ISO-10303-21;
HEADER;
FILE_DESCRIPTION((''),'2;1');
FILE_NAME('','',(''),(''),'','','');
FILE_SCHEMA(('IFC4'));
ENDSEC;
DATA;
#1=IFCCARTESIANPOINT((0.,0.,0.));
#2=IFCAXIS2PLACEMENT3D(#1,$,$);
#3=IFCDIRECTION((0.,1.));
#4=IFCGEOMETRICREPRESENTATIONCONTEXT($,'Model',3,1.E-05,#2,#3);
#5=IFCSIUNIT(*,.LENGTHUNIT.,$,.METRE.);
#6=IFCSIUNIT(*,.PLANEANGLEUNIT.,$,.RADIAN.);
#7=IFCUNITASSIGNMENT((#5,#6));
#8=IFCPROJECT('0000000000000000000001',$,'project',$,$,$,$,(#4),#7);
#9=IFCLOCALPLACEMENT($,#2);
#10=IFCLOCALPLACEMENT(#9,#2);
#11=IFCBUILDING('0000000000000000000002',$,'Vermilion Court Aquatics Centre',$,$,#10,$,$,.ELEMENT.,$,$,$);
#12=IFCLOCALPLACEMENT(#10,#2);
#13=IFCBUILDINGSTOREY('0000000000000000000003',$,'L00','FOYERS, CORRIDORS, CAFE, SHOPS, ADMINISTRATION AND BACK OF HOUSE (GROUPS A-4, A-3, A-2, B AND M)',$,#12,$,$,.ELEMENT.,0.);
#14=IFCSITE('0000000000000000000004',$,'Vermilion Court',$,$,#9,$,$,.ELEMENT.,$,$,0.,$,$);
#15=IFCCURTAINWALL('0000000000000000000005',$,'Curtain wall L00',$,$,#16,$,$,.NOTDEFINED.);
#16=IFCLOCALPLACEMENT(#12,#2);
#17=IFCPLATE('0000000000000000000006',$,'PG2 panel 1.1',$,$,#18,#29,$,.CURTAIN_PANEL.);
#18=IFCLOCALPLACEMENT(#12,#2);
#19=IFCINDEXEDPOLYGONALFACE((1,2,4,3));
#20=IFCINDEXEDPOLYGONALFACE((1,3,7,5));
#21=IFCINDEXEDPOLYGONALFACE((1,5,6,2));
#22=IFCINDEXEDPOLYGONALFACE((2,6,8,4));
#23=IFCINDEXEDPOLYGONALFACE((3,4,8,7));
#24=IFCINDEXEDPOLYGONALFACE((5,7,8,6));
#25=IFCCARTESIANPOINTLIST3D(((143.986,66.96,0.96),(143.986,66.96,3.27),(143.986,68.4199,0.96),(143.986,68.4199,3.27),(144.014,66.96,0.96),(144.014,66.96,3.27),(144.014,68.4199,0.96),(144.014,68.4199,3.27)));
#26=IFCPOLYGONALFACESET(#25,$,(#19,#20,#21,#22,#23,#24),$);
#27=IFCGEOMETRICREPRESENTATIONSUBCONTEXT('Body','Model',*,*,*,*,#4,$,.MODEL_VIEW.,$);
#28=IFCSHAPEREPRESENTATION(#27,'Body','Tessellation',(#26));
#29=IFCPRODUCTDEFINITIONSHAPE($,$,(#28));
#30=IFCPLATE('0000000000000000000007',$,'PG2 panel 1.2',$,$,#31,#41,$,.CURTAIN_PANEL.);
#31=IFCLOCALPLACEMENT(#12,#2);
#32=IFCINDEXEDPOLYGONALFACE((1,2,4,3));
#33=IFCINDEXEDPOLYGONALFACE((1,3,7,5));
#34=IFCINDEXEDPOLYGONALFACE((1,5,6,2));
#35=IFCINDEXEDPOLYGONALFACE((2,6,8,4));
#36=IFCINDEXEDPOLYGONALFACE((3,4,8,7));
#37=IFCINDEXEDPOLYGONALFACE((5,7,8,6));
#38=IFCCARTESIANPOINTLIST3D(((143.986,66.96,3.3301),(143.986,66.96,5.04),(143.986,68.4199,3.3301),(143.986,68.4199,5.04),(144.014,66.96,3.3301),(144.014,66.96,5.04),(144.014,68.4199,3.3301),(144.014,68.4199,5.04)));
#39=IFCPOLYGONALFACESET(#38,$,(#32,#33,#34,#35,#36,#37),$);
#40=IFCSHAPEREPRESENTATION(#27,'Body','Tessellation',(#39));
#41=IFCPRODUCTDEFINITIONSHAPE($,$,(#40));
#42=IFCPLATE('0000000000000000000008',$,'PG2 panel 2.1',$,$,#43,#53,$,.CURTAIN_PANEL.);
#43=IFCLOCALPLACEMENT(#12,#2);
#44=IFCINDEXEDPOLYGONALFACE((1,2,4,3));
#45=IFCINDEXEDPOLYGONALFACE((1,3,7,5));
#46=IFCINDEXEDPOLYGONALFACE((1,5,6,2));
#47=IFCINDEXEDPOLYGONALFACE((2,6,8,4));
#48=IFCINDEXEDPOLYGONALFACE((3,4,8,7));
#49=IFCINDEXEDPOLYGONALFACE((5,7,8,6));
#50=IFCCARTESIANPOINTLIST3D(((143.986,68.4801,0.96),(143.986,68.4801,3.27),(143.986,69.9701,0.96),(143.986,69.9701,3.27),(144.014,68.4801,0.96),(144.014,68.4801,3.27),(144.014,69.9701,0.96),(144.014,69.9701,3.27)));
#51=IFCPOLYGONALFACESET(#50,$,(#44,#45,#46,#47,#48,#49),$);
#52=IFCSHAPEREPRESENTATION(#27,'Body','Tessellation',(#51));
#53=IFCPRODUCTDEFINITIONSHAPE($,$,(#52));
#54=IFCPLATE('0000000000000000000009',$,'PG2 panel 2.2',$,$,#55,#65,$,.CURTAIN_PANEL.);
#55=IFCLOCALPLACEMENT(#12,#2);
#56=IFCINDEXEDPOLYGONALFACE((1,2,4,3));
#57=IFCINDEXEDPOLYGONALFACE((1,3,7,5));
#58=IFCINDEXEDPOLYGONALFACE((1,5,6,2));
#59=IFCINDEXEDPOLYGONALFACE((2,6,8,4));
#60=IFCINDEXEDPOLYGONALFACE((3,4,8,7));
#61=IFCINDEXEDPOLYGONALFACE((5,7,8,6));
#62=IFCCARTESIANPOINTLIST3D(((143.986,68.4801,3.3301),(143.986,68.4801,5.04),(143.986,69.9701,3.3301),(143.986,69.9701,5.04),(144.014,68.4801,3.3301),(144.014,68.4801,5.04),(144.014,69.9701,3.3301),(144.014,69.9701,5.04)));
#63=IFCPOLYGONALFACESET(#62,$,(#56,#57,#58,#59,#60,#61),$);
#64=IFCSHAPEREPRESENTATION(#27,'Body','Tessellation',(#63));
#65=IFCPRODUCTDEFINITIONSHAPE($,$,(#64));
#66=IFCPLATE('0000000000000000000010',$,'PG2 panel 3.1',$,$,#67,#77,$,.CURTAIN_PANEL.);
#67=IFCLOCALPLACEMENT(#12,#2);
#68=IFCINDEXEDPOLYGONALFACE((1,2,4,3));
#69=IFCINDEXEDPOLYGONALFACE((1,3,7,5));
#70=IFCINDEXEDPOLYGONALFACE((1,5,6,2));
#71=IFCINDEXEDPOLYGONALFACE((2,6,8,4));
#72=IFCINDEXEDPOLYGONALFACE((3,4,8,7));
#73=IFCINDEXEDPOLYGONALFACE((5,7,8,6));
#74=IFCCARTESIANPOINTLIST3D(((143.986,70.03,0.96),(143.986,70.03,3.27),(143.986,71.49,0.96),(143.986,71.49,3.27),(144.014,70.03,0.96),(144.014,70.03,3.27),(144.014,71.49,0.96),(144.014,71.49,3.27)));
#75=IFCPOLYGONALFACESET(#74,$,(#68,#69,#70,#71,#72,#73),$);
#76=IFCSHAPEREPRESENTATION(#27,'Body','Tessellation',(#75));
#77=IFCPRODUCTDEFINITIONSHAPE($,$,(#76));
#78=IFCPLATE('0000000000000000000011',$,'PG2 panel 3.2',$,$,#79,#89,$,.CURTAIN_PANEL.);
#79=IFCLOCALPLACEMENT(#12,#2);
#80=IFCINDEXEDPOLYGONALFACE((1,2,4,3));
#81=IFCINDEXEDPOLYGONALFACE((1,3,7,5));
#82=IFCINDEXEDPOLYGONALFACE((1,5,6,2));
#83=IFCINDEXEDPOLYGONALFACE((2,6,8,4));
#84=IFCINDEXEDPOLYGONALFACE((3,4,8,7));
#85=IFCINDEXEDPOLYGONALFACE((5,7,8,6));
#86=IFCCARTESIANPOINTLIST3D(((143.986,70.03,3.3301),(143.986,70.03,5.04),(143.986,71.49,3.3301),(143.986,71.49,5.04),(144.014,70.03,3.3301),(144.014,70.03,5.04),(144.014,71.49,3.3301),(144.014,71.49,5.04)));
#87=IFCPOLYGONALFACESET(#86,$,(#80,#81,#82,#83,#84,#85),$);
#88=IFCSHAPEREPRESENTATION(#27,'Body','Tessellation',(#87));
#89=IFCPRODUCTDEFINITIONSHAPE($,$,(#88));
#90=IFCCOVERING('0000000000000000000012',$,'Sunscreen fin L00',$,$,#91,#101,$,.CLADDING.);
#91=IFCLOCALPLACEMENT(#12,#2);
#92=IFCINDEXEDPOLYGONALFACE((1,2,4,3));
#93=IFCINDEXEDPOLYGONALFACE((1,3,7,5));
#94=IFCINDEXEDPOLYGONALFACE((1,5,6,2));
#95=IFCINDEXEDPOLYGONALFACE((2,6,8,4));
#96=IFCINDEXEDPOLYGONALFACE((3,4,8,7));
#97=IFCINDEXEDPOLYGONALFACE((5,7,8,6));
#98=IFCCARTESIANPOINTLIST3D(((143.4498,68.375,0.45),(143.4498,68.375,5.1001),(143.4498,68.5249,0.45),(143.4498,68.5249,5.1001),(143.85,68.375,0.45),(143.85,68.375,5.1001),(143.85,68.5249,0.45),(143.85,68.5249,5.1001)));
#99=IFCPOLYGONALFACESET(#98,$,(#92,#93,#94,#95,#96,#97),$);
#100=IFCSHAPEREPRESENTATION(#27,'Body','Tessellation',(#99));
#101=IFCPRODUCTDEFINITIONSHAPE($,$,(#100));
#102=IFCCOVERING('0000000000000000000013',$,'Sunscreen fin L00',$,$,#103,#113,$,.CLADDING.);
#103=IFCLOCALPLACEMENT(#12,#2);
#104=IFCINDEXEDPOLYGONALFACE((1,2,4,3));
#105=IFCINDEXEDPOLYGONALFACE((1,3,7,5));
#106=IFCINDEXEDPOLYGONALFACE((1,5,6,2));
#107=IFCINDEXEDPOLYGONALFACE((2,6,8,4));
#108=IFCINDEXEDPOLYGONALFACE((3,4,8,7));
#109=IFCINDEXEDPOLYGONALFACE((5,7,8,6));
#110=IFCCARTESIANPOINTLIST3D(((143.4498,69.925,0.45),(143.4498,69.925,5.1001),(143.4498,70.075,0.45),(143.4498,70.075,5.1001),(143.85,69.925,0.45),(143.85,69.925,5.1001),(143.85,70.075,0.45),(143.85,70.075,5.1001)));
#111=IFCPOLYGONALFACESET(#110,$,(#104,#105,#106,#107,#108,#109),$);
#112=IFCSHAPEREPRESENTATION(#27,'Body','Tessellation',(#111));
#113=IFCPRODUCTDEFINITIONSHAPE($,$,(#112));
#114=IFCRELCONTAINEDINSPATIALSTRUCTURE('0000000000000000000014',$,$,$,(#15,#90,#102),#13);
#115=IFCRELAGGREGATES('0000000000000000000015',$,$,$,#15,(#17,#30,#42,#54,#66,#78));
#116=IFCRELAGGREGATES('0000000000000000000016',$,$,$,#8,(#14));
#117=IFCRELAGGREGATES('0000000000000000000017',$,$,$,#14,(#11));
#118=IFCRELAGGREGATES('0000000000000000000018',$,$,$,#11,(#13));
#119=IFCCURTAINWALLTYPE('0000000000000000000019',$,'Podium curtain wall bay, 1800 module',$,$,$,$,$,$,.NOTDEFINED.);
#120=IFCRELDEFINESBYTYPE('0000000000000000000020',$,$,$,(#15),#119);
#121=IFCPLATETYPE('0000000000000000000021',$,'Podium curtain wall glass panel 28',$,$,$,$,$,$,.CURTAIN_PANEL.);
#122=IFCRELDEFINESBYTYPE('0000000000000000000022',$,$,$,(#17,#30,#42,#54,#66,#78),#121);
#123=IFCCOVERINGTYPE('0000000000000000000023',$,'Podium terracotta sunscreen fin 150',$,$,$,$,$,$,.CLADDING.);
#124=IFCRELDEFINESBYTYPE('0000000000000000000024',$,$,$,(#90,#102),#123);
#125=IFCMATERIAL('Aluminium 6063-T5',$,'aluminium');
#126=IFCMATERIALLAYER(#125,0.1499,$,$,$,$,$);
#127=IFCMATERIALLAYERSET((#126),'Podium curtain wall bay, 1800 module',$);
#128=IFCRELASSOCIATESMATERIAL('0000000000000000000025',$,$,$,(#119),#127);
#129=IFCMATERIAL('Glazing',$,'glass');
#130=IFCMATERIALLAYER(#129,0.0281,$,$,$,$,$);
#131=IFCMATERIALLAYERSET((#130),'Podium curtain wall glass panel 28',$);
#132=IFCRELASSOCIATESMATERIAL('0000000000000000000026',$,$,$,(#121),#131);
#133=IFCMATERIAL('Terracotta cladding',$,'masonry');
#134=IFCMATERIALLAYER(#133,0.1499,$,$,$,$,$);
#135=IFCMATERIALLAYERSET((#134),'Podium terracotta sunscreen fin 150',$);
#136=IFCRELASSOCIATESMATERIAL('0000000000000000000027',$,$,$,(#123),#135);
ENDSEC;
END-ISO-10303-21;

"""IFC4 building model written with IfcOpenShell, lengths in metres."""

from ifc_helpers import new_model, si_unit, direction, frame, frame_2d, origin, origin_2d, place, context, subcontext, project, spatial, rectangle, extrude, material, layer, layer_set, type_object, element, aggregate, save


model = new_model("IFC4")

# Units and contexts
model_context = context("Model", 3, precision=1e-05, world=origin(), true_north=direction((0.0, 1.0)))
body_context = subcontext(model_context, "Body", "Model", "MODEL_VIEW")
ifc_project = project(units=[si_unit("LENGTHUNIT", "METRE"), si_unit("PLANEANGLEUNIT", "RADIAN")], contexts=[model_context])

# Site, building, storey
site_placement = place(None, origin())
site = spatial("IfcSite", under=ifc_project, at=site_placement, Name="Vermilion Court", CompositionType="ELEMENT", RefElevation=0.0)
building_placement = place(site_placement, origin())
building = spatial("IfcBuilding", under=site, at=building_placement, Name="Vermilion Court Aquatics Centre", CompositionType="ELEMENT")
storey_placement = place(building_placement, origin())
storey = spatial("IfcBuildingStorey", under=building, at=storey_placement, Name="L00", Description="FOYERS, CORRIDORS, CAFE, SHOPS, ADMINISTRATION AND BACK OF HOUSE (GROUPS A-4, A-3, A-2, B AND M)", CompositionType="ELEMENT", Elevation=0.0)

# Curtain wall
ifc_material_1 = material(Name="Aluminium 6063-T5", Category="aluminium")
ifc_layer_1 = layer(ifc_material_1, 0.1499)
ifc_layer_set_1 = layer_set([ifc_layer_1], Name="Podium curtain wall bay, 1800 module")
curtain_wall_type = type_object("IfcCurtainWallType", Name="Podium curtain wall bay, 1800 module", PredefinedType="NOTDEFINED", material=ifc_layer_set_1)
curtain_wall_placement = place(storey_placement, origin())
curtain_wall = element("IfcCurtainWall", 1, at=curtain_wall_placement, inside=storey, type_object=curtain_wall_type, Name="Curtain wall L00", PredefinedType="NOTDEFINED")

# Plates
ifc_material_2 = material(Name="Glazing", Category="glass")
ifc_layer_2 = layer(ifc_material_2, 0.0281)
ifc_layer_set_2 = layer_set([ifc_layer_2], Name="Podium curtain wall glass panel 28")
plate_type = type_object("IfcPlateType", Name="Podium curtain wall glass panel 28", PredefinedType="CURTAIN_PANEL", material=ifc_layer_set_2)
plate_1_placement = place(storey_placement, frame((144.0, 67.6899, 0.96), z_axis=(0.0, 0.0, 1.0), x_axis=(0.0, 1.0, 0.0)))
plate_1 = element("IfcPlate", 2, at=plate_1_placement, type_object=plate_type, Name="PG2 panel 1.1", PredefinedType="CURTAIN_PANEL", context=body_context, shape_type="SweptSolid", body=[
    extrude(rectangle(XDim=1.46, YDim=0.0281, at=origin_2d()), origin(), (0.0, 0.0, 1.0), 2.3101),
])
plate_2_placement = place(storey_placement, frame((144.0, 67.6899, 3.3301), z_axis=(0.0, 0.0, 1.0), x_axis=(0.0, 1.0, 0.0)))
plate_2 = element("IfcPlate", 3, at=plate_2_placement, type_object=plate_type, Name="PG2 panel 1.2", PredefinedType="CURTAIN_PANEL", context=body_context, shape_type="SweptSolid", body=[
    extrude(rectangle(XDim=1.46, YDim=0.0281, at=origin_2d()), origin(), (0.0, 0.0, 1.0), 1.71),
])
plate_3_placement = place(storey_placement, frame((144.0, 69.2251, 0.96), z_axis=(0.0, 0.0, 1.0), x_axis=(0.0, 1.0, 0.0)))
plate_3 = element("IfcPlate", 4, at=plate_3_placement, type_object=plate_type, Name="PG2 panel 2.1", PredefinedType="CURTAIN_PANEL", context=body_context, shape_type="SweptSolid", body=[
    extrude(rectangle(XDim=1.49, YDim=0.0281, at=origin_2d()), origin(), (0.0, 0.0, 1.0), 2.3101),
])
plate_4_placement = place(storey_placement, frame((144.0, 69.2251, 3.3301), z_axis=(0.0, 0.0, 1.0), x_axis=(0.0, 1.0, 0.0)))
plate_4 = element("IfcPlate", 5, at=plate_4_placement, type_object=plate_type, Name="PG2 panel 2.2", PredefinedType="CURTAIN_PANEL", context=body_context, shape_type="SweptSolid", body=[
    extrude(rectangle(XDim=1.49, YDim=0.0281, at=origin_2d()), origin(), (0.0, 0.0, 1.0), 1.71),
])
plate_5_placement = place(storey_placement, frame((144.0, 70.76, 0.96), z_axis=(0.0, 0.0, 1.0), x_axis=(0.0, 1.0, 0.0)))
plate_5 = element("IfcPlate", 6, at=plate_5_placement, type_object=plate_type, Name="PG2 panel 3.1", PredefinedType="CURTAIN_PANEL", context=body_context, shape_type="SweptSolid", body=[
    extrude(rectangle(XDim=1.46, YDim=0.0281, at=origin_2d()), origin(), (0.0, 0.0, 1.0), 2.3101),
])
plate_6_placement = place(storey_placement, frame((144.0, 70.76, 3.3301), z_axis=(0.0, 0.0, 1.0), x_axis=(0.0, 1.0, 0.0)))
plate_6 = element("IfcPlate", 7, at=plate_6_placement, type_object=plate_type, Name="PG2 panel 3.2", PredefinedType="CURTAIN_PANEL", context=body_context, shape_type="SweptSolid", body=[
    extrude(rectangle(XDim=1.46, YDim=0.0281, at=origin_2d()), origin(), (0.0, 0.0, 1.0), 1.71),
])
aggregate(curtain_wall, [plate_1, plate_2, plate_3, plate_4, plate_5, plate_6])

# Coverings
ifc_material_3 = material(Name="Terracotta cladding", Category="masonry")
ifc_layer_3 = layer(ifc_material_3, 0.1499)
ifc_layer_set_3 = layer_set([ifc_layer_3], Name="Podium terracotta sunscreen fin 150")
covering_type = type_object("IfcCoveringType", Name="Podium terracotta sunscreen fin 150", PredefinedType="CLADDING", material=ifc_layer_set_3)
for number, where, z_axis, x_axis, name in (
    (8, (143.8501, 68.45, 0.45), (0.0, 0.0, 1.0), (-1.0, 0.0, 0.0), "Sunscreen fin L00"),
    (9, (143.8501, 70.0, 0.45), (0.0, 0.0, 1.0), (-1.0, 0.0, 0.0), "Sunscreen fin L00"),
):
    element("IfcCovering", number, at=place(storey_placement, frame(where, z_axis=z_axis, x_axis=x_axis)), inside=storey, type_object=covering_type, Name=name, PredefinedType="CLADDING", context=body_context, shape_type="SweptSolid", body=[
        extrude(rectangle(XDim=0.4001, YDim=0.1499, at=frame_2d((0.2002, 0.0))), origin(), (0.0, 0.0, 1.0), 4.6501),
    ])

save(model, "model.ifc")
